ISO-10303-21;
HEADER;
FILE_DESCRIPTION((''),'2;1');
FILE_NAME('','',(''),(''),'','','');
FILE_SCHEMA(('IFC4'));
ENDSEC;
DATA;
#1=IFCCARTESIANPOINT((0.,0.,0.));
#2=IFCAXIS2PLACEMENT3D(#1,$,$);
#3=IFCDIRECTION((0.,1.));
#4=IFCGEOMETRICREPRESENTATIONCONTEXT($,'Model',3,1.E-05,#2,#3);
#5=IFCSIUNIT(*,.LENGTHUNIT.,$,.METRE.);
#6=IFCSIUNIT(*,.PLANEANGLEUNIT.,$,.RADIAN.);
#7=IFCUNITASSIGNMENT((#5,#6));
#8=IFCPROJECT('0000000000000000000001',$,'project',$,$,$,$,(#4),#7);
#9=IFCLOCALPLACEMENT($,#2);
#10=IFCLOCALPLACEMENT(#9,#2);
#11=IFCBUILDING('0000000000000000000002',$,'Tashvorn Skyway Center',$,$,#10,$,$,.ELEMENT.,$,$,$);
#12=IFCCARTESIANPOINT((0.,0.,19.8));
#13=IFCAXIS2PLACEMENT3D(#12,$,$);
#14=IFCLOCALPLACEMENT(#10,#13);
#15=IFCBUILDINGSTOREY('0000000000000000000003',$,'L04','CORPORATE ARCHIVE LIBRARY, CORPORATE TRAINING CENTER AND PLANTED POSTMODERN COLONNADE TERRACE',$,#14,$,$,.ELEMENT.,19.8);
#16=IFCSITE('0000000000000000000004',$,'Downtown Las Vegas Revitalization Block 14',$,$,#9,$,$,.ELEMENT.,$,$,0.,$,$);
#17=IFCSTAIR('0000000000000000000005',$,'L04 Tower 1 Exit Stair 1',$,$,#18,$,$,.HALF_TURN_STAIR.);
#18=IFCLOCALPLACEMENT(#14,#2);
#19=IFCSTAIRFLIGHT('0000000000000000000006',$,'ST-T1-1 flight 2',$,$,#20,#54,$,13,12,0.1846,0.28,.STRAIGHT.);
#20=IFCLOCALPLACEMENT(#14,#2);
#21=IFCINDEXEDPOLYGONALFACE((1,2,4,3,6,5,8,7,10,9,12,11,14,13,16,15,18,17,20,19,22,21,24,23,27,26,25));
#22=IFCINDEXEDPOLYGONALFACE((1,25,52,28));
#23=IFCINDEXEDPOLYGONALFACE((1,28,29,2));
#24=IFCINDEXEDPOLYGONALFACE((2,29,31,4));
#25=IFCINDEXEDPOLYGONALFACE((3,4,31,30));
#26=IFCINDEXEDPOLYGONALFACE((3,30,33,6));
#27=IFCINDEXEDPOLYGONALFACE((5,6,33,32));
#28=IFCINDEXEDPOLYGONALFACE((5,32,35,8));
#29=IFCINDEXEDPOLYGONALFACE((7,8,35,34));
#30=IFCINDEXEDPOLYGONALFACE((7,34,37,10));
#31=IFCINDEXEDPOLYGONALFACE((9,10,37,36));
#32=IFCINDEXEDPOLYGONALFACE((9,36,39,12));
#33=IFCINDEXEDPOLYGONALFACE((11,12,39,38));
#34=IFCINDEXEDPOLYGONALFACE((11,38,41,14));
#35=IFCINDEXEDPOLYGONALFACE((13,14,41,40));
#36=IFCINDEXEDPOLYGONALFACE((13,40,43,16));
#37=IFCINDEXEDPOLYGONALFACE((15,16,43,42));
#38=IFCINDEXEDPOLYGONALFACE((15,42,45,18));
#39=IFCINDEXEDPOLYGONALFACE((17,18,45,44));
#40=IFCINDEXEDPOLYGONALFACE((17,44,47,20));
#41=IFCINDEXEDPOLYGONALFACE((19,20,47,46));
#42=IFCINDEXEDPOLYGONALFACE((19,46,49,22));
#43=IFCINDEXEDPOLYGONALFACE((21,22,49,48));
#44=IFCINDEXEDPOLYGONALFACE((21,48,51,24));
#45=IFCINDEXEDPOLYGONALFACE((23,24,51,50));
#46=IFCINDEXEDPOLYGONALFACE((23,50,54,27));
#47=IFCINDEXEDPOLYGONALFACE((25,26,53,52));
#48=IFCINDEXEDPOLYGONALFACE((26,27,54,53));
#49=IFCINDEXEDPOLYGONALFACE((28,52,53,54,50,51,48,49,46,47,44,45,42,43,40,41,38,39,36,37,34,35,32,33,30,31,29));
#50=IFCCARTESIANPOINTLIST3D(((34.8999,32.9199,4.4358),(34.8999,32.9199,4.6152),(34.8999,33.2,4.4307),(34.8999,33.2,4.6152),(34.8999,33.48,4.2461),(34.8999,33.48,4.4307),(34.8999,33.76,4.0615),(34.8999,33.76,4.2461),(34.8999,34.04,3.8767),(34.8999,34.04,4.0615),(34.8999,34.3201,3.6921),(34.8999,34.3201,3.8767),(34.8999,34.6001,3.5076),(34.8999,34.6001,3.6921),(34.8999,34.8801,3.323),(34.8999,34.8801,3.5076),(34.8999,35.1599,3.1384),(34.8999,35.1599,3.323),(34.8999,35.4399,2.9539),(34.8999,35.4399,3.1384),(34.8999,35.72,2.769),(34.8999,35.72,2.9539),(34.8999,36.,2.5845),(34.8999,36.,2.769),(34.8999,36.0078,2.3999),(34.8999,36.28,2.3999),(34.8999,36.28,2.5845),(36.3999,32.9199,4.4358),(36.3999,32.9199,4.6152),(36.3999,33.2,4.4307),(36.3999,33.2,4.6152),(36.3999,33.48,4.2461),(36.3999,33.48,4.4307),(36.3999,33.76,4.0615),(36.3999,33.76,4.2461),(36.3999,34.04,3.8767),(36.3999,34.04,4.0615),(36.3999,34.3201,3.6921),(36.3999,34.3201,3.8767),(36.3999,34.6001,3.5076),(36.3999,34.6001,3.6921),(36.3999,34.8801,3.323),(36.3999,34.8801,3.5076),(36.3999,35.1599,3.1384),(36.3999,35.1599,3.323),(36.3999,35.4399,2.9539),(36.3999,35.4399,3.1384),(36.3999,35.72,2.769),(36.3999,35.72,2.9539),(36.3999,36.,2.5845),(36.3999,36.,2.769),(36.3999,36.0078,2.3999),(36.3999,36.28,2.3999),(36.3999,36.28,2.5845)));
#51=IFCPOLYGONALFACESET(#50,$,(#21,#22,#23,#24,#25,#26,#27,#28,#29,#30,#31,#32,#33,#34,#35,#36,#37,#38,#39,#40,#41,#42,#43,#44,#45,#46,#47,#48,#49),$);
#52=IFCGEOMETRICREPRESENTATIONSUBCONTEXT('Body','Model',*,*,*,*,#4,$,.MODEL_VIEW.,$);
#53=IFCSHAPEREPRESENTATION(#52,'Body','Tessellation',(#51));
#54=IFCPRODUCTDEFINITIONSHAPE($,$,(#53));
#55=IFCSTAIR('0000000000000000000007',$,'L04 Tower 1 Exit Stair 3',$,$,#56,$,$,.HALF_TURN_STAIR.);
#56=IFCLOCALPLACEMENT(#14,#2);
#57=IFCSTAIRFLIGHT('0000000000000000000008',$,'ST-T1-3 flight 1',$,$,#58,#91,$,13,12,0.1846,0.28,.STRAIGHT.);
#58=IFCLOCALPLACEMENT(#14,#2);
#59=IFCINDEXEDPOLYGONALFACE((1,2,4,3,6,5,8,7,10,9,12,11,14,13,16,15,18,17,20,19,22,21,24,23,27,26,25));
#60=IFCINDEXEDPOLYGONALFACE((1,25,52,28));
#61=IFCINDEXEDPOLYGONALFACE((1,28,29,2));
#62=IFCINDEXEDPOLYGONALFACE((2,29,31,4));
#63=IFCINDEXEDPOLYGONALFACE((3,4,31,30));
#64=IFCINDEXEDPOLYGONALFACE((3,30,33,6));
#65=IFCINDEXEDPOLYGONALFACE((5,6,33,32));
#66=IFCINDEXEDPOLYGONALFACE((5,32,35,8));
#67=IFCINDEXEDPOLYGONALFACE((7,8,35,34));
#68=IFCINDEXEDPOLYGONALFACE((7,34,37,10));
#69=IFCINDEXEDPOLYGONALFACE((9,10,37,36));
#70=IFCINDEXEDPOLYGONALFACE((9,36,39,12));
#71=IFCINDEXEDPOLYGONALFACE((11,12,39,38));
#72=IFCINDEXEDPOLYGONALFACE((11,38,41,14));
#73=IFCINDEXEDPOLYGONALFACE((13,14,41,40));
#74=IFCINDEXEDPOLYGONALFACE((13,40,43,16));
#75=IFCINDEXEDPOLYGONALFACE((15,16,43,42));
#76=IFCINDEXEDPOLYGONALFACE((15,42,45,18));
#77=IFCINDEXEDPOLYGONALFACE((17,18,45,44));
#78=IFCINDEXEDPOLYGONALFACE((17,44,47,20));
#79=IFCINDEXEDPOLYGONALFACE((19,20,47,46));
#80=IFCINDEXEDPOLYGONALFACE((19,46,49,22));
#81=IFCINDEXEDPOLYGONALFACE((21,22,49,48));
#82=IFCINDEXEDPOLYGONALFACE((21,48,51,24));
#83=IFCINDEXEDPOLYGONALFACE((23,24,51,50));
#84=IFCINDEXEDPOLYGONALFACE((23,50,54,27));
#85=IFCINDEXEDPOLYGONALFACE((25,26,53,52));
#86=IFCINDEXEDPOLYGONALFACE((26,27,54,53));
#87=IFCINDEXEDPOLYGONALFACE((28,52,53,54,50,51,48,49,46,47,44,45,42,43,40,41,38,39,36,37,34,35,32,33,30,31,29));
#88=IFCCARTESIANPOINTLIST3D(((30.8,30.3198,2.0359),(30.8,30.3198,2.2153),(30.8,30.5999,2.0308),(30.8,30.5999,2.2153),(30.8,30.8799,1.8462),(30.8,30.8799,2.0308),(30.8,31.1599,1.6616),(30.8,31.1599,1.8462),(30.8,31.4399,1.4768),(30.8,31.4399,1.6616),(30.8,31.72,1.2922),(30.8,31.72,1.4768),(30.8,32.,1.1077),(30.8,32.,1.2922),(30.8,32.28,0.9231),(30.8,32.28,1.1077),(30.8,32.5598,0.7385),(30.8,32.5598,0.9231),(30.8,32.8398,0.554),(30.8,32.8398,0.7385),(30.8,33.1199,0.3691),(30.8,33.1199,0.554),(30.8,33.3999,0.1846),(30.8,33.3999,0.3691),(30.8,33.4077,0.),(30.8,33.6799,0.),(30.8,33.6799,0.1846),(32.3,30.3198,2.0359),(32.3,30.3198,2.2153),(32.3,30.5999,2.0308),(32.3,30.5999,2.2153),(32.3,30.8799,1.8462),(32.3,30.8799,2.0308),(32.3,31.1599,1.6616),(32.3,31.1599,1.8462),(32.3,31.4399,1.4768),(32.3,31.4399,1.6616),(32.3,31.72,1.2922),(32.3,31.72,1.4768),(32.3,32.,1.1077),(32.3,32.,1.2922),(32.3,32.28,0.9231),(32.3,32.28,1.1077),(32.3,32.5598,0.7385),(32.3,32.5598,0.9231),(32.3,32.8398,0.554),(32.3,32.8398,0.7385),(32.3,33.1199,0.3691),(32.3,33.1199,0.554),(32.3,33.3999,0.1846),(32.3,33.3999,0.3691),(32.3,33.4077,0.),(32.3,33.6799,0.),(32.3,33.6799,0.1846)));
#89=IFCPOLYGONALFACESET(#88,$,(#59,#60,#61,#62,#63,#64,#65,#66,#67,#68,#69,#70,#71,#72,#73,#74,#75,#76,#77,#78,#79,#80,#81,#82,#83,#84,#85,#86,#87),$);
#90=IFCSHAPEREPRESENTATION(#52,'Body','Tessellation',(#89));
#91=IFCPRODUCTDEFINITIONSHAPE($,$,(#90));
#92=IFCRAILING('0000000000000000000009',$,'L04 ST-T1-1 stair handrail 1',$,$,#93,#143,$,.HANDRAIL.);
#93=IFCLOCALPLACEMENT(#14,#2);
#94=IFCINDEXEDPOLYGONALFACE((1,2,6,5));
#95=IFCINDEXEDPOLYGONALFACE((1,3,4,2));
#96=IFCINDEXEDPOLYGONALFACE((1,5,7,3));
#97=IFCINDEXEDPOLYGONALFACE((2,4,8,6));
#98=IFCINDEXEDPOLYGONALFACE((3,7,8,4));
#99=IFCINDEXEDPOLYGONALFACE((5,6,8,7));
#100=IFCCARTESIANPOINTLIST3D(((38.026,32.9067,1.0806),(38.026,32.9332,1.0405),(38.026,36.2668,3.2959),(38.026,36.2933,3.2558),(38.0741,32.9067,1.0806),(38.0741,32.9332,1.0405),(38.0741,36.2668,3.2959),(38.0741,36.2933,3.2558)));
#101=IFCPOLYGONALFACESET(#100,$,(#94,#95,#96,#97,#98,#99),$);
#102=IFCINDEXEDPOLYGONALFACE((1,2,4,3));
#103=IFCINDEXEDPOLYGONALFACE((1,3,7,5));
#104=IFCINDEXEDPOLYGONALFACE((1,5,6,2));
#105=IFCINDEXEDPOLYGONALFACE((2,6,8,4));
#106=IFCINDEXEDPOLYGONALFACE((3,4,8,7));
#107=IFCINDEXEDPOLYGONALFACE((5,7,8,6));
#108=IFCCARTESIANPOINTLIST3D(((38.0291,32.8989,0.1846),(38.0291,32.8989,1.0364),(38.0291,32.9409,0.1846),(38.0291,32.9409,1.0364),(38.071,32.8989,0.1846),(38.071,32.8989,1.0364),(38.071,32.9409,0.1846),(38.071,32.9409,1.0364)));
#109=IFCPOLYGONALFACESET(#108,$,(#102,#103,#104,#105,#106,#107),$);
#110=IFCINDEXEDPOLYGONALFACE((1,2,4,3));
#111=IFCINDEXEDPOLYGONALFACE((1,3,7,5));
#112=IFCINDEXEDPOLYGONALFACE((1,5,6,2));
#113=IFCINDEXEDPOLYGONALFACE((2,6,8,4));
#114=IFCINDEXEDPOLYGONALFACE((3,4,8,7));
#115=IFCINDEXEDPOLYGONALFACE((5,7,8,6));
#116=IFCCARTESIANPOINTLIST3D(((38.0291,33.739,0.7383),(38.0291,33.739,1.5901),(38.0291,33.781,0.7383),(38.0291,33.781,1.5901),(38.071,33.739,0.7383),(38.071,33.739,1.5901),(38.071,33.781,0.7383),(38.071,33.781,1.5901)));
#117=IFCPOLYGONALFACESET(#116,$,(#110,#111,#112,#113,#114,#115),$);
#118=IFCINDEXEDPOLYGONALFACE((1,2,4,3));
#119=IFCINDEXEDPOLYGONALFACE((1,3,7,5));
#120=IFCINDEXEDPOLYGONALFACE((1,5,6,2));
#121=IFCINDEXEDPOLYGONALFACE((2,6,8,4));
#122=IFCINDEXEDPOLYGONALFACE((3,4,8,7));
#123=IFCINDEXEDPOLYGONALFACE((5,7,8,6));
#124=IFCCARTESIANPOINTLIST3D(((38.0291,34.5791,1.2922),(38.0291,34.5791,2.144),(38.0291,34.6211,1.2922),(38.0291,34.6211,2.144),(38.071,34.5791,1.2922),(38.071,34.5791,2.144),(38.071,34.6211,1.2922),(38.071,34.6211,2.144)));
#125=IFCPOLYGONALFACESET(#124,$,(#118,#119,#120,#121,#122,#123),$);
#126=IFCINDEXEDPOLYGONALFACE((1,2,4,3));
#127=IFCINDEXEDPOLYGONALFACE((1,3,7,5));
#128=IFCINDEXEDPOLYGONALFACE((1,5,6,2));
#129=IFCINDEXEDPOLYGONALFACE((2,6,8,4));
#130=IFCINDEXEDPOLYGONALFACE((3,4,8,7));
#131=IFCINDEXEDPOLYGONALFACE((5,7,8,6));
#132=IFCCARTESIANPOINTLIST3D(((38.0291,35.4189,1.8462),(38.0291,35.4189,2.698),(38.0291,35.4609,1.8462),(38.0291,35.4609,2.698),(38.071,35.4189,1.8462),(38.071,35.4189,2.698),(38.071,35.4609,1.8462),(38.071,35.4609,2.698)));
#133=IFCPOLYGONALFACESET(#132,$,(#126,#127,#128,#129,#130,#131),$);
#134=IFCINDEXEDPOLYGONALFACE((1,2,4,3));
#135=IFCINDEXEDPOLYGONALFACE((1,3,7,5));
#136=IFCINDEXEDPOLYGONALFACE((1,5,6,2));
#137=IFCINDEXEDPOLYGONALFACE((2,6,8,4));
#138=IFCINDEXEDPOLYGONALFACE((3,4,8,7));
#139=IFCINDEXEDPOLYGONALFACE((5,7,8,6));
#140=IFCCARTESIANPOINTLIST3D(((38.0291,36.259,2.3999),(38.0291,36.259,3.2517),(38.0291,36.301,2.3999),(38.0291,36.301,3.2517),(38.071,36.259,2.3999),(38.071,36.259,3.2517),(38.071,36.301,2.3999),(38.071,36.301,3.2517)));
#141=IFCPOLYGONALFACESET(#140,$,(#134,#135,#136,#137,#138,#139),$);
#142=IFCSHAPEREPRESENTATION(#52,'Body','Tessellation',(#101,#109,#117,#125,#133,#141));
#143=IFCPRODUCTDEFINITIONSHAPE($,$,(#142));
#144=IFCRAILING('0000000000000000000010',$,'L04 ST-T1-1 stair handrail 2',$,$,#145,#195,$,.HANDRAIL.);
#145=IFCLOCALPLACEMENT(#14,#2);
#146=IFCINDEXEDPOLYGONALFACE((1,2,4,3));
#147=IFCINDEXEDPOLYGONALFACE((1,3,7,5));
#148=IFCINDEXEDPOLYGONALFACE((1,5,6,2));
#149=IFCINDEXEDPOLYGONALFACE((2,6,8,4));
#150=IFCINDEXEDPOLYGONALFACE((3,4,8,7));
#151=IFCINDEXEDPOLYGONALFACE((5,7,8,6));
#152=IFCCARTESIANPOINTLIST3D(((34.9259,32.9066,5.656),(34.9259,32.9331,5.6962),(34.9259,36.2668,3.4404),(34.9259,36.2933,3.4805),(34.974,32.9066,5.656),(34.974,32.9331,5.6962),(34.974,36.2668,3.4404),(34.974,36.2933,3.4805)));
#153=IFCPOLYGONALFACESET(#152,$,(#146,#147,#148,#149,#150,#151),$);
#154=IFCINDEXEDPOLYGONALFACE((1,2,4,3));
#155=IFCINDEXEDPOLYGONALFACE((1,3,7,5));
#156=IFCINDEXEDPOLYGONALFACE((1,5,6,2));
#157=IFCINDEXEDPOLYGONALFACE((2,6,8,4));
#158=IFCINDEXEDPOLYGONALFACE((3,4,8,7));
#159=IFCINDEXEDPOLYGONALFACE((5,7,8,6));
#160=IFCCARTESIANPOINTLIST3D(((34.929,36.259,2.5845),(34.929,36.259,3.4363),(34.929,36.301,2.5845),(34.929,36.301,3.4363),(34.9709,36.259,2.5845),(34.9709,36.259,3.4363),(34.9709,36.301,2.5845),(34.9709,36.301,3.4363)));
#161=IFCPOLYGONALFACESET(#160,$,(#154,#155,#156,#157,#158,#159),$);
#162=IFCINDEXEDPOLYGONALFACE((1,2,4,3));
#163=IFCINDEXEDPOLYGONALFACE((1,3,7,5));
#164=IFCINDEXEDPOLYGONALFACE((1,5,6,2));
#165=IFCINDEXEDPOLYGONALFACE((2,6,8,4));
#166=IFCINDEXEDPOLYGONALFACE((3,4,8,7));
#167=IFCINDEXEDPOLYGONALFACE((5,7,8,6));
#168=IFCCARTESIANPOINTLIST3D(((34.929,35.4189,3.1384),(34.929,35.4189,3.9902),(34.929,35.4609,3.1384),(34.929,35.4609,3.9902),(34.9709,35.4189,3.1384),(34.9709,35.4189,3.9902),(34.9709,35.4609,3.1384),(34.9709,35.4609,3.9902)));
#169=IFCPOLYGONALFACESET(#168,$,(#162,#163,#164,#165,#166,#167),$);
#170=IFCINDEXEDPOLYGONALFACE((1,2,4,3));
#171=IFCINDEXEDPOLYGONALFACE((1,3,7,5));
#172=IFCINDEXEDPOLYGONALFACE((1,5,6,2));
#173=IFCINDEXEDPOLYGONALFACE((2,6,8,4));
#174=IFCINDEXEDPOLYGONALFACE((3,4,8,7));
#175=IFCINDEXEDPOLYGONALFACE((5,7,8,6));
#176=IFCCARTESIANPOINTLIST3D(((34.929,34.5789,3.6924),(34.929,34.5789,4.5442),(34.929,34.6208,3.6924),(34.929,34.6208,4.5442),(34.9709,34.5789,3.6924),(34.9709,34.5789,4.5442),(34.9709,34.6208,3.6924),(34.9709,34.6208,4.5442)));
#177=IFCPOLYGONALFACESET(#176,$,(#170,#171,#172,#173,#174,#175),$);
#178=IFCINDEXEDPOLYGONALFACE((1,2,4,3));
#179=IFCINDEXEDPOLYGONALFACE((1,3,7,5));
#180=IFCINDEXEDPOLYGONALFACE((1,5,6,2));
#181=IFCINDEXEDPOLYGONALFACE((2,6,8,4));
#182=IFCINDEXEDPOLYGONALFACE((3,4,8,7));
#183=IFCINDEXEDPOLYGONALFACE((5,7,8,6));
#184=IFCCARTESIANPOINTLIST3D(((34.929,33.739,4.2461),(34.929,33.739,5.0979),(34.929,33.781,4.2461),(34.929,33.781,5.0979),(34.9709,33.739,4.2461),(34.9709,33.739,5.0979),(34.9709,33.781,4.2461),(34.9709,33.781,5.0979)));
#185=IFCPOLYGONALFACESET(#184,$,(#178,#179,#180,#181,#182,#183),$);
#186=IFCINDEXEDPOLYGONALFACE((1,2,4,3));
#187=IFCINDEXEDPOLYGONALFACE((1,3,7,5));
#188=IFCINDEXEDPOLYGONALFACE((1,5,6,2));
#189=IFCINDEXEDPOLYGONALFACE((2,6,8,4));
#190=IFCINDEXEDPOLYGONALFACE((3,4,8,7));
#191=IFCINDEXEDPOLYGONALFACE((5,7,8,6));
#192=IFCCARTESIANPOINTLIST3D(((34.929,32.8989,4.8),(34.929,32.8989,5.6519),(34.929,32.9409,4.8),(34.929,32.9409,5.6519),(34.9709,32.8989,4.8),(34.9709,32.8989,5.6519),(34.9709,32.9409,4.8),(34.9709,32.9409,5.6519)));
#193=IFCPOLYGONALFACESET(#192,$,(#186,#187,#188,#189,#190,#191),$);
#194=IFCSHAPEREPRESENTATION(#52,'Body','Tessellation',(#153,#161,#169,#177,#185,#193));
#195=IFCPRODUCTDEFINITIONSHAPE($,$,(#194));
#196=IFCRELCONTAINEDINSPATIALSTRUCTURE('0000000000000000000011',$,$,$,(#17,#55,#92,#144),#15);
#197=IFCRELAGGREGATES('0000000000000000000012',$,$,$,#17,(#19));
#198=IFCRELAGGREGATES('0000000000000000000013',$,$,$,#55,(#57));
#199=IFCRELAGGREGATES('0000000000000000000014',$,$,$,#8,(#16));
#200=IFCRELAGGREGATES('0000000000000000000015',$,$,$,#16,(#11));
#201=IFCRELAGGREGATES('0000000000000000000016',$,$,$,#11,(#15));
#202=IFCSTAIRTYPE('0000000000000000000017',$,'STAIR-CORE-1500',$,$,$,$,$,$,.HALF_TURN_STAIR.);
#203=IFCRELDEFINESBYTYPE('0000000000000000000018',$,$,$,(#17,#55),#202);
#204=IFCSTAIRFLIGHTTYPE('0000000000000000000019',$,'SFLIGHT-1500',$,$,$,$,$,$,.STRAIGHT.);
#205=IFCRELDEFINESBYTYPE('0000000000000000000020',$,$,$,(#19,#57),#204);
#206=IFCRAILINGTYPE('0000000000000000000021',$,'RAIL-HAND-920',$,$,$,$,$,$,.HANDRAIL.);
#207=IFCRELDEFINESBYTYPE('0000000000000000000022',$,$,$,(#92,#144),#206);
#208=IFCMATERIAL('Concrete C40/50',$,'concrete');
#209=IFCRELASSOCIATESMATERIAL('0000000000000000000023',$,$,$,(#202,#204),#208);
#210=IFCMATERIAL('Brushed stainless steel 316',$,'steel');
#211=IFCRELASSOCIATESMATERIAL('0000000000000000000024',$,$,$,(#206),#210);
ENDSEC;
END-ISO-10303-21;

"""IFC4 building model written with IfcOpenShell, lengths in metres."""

from ifc_helpers import new_model, si_unit, direction, frame, origin, origin_2d, place, context, subcontext, project, spatial, polyline, rectangle, outline, extrude, material, type_object, element, aggregate, save


model = new_model("IFC4")

# Units and contexts
model_context = context("Model", 3, precision=1e-05, world=origin(), true_north=direction((0.0, 1.0)))
body_context = subcontext(model_context, "Body", "Model", "MODEL_VIEW")
ifc_project = project(units=[si_unit("LENGTHUNIT", "METRE"), si_unit("PLANEANGLEUNIT", "RADIAN")], contexts=[model_context])

# Site, building, storey
site_placement = place(None, origin())
site = spatial("IfcSite", under=ifc_project, at=site_placement, Name="Downtown Las Vegas Revitalization Block 14", CompositionType="ELEMENT", RefElevation=0.0)
building_placement = place(site_placement, origin())
building = spatial("IfcBuilding", under=site, at=building_placement, Name="Tashvorn Skyway Center", CompositionType="ELEMENT")
storey_placement = place(building_placement, frame((0.0, 0.0, 19.8)))
storey = spatial("IfcBuildingStorey", under=building, at=storey_placement, Name="L04", Description="CORPORATE ARCHIVE LIBRARY, CORPORATE TRAINING CENTER AND PLANTED POSTMODERN COLONNADE TERRACE", CompositionType="ELEMENT", Elevation=19.8)

# Shared definitions
ifc_material_1 = material(Name="Concrete C40/50", Category="concrete")

# Stair, stair flight
stair_type = type_object("IfcStairType", Name="STAIR-CORE-1500", PredefinedType="HALF_TURN_STAIR", material=ifc_material_1)
stair_1_placement = place(storey_placement, origin())
stair_1 = element("IfcStair", 1, at=stair_1_placement, inside=storey, type_object=stair_type, Name="L04 Tower 1 Exit Stair 1", PredefinedType="HALF_TURN_STAIR")
stair_flight_type = type_object("IfcStairFlightType", Name="SFLIGHT-1500", PredefinedType="STRAIGHT", material=ifc_material_1)
stair_flight_1_placement = place(storey_placement, frame((35.6499, 36.28, 2.3999), z_axis=(0.0, 0.0, 1.0), x_axis=(0.0, -1.0, 0.0)))
stair_flight_1 = element("IfcStairFlight", 2, at=stair_flight_1_placement, type_object=stair_flight_type, Name="ST-T1-1 flight 2", NumberOfRisers=13, NumberOfTreads=12, PredefinedType="STRAIGHT", RiserHeight=0.1846, TreadLength=0.28, context=body_context, shape_type="SweptSolid", body=[
    extrude(outline(polyline([(0.0, 0.0), (0.0, 0.1846), (0.28, 0.1846), (0.28, 0.3691), (0.5601, 0.3691), (0.5601, 0.554), (0.8401, 0.554), (0.8401, 0.7385), (1.1201, 0.7385), (1.1201, 0.9231), (1.3999, 0.9231), (1.3999, 1.1077), (1.6799, 1.1077), (1.6799, 1.2922), (1.96, 1.2922), (1.96, 1.4768), (2.24, 1.4768), (2.24, 1.6616), (2.52, 1.6616), (2.52, 1.8462), (2.8, 1.8462), (2.8, 2.0308), (3.0801, 2.0308), (3.0801, 2.2153), (3.3601, 2.2153), (3.3601, 2.3999), (3.3601, 2.0359), (0.2722, 0.0), (0.0, 0.0)])), frame((0.0, 0.75, 0.0), z_axis=(0.0, -1.0, 0.0), x_axis=(1.0, 0.0, 0.0)), (0.0, 0.0, 1.0), 1.5),
])
aggregate(stair_1, [stair_flight_1])

# Stair, stair flight
stair_2_placement = place(storey_placement, origin())
stair_2 = element("IfcStair", 3, at=stair_2_placement, inside=storey, type_object=stair_type, Name="L04 Tower 1 Exit Stair 3", PredefinedType="HALF_TURN_STAIR")
stair_flight_2_placement = place(storey_placement, frame((31.55, 33.6799, 0.0), z_axis=(0.0, 0.0, 1.0), x_axis=(0.0, -1.0, 0.0)))
stair_flight_2 = element("IfcStairFlight", 4, at=stair_flight_2_placement, type_object=stair_flight_type, Name="ST-T1-3 flight 1", NumberOfRisers=13, NumberOfTreads=12, PredefinedType="STRAIGHT", RiserHeight=0.1846, TreadLength=0.28, context=body_context, shape_type="SweptSolid", body=[
    extrude(outline(polyline([(0.0, 0.0), (0.0, 0.1846), (0.28, 0.1846), (0.28, 0.3691), (0.5601, 0.3691), (0.5601, 0.554), (0.8401, 0.554), (0.8401, 0.7385), (1.1201, 0.7385), (1.1201, 0.9231), (1.3999, 0.9231), (1.3999, 1.1077), (1.6799, 1.1077), (1.6799, 1.2922), (1.96, 1.2922), (1.96, 1.4768), (2.24, 1.4768), (2.24, 1.6616), (2.52, 1.6616), (2.52, 1.8462), (2.8, 1.8462), (2.8, 2.0308), (3.0801, 2.0308), (3.0801, 2.2153), (3.3601, 2.2153), (3.3601, 2.3999), (3.3601, 2.0359), (0.2722, 0.0), (0.0, 0.0)])), frame((0.0, 0.75, 0.0), z_axis=(0.0, -1.0, 0.0), x_axis=(1.0, 0.0, 0.0)), (0.0, 0.0, 1.0), 1.5),
])
aggregate(stair_2, [stair_flight_2])

# Railings
ifc_material_2 = material(Name="Brushed stainless steel 316", Category="steel")
railing_type_1 = type_object("IfcRailingType", Name="RAIL-HAND-920", PredefinedType="HANDRAIL", material=ifc_material_2)
railing_1_placement = place(storey_placement, frame((38.05, 32.9199, 0.1846)))
element("IfcRailing", 5, at=railing_1_placement, inside=storey, type_object=railing_type_1, Name="L04 ST-T1-1 stair handrail 1", PredefinedType="HANDRAIL", context=body_context, shape_type="SweptSolid", body=[
    extrude(rectangle(XDim=0.0481, YDim=0.0481, at=origin_2d()), frame((0.0, 0.0, 0.876), z_axis=(0.0, 0.834876, 0.550437), x_axis=(-1.0, 0.0, 0.0)), (0.0, 0.0, 1.0), 4.0247),
    extrude(rectangle(XDim=0.042, YDim=0.042, at=origin_2d()), origin(), (0.0, 0.0, 1.0), 0.8518),
    extrude(rectangle(XDim=0.042, YDim=0.042, at=origin_2d()), frame((0.0, 0.8401, 0.5537)), (0.0, 0.0, 1.0), 0.8518),
    extrude(rectangle(XDim=0.042, YDim=0.042, at=origin_2d()), frame((0.0, 1.6802, 1.1077)), (0.0, 0.0, 1.0), 0.8518),
    extrude(rectangle(XDim=0.042, YDim=0.042, at=origin_2d()), frame((0.0, 2.52, 1.6616)), (0.0, 0.0, 1.0), 0.8518),
    extrude(rectangle(XDim=0.042, YDim=0.042, at=origin_2d()), frame((0.0, 3.3601, 2.2153)), (0.0, 0.0, 1.0), 0.8518),
])
railing_2_placement = place(storey_placement, frame((34.95, 36.28, 2.5845)))
element("IfcRailing", 6, at=railing_2_placement, inside=storey, type_object=railing_type_1, Name="L04 ST-T1-1 stair handrail 2", PredefinedType="HANDRAIL", context=body_context, shape_type="SweptSolid", body=[
    extrude(rectangle(XDim=0.0481, YDim=0.0481, at=origin_2d()), frame((0.0, 0.0, 0.876), z_axis=(0.0, -0.834849, 0.55048), x_axis=(1.0, 0.0, 0.0)), (0.0, 0.0, 1.0), 4.0249),
    extrude(rectangle(XDim=0.042, YDim=0.042, at=origin_2d()), origin(), (0.0, 0.0, 1.0), 0.8518),
    extrude(rectangle(XDim=0.042, YDim=0.042, at=origin_2d()), frame((0.0, -0.8401, 0.554)), (0.0, 0.0, 1.0), 0.8518),
    extrude(rectangle(XDim=0.042, YDim=0.042, at=origin_2d()), frame((0.0, -1.6802, 1.1079)), (0.0, 0.0, 1.0), 0.8518),
    extrude(rectangle(XDim=0.042, YDim=0.042, at=origin_2d()), frame((0.0, -2.52, 1.6616)), (0.0, 0.0, 1.0), 0.8518),
    extrude(rectangle(XDim=0.042, YDim=0.042, at=origin_2d()), frame((0.0, -3.3601, 2.2156)), (0.0, 0.0, 1.0), 0.8518),
])

save(model, "model.ifc")
